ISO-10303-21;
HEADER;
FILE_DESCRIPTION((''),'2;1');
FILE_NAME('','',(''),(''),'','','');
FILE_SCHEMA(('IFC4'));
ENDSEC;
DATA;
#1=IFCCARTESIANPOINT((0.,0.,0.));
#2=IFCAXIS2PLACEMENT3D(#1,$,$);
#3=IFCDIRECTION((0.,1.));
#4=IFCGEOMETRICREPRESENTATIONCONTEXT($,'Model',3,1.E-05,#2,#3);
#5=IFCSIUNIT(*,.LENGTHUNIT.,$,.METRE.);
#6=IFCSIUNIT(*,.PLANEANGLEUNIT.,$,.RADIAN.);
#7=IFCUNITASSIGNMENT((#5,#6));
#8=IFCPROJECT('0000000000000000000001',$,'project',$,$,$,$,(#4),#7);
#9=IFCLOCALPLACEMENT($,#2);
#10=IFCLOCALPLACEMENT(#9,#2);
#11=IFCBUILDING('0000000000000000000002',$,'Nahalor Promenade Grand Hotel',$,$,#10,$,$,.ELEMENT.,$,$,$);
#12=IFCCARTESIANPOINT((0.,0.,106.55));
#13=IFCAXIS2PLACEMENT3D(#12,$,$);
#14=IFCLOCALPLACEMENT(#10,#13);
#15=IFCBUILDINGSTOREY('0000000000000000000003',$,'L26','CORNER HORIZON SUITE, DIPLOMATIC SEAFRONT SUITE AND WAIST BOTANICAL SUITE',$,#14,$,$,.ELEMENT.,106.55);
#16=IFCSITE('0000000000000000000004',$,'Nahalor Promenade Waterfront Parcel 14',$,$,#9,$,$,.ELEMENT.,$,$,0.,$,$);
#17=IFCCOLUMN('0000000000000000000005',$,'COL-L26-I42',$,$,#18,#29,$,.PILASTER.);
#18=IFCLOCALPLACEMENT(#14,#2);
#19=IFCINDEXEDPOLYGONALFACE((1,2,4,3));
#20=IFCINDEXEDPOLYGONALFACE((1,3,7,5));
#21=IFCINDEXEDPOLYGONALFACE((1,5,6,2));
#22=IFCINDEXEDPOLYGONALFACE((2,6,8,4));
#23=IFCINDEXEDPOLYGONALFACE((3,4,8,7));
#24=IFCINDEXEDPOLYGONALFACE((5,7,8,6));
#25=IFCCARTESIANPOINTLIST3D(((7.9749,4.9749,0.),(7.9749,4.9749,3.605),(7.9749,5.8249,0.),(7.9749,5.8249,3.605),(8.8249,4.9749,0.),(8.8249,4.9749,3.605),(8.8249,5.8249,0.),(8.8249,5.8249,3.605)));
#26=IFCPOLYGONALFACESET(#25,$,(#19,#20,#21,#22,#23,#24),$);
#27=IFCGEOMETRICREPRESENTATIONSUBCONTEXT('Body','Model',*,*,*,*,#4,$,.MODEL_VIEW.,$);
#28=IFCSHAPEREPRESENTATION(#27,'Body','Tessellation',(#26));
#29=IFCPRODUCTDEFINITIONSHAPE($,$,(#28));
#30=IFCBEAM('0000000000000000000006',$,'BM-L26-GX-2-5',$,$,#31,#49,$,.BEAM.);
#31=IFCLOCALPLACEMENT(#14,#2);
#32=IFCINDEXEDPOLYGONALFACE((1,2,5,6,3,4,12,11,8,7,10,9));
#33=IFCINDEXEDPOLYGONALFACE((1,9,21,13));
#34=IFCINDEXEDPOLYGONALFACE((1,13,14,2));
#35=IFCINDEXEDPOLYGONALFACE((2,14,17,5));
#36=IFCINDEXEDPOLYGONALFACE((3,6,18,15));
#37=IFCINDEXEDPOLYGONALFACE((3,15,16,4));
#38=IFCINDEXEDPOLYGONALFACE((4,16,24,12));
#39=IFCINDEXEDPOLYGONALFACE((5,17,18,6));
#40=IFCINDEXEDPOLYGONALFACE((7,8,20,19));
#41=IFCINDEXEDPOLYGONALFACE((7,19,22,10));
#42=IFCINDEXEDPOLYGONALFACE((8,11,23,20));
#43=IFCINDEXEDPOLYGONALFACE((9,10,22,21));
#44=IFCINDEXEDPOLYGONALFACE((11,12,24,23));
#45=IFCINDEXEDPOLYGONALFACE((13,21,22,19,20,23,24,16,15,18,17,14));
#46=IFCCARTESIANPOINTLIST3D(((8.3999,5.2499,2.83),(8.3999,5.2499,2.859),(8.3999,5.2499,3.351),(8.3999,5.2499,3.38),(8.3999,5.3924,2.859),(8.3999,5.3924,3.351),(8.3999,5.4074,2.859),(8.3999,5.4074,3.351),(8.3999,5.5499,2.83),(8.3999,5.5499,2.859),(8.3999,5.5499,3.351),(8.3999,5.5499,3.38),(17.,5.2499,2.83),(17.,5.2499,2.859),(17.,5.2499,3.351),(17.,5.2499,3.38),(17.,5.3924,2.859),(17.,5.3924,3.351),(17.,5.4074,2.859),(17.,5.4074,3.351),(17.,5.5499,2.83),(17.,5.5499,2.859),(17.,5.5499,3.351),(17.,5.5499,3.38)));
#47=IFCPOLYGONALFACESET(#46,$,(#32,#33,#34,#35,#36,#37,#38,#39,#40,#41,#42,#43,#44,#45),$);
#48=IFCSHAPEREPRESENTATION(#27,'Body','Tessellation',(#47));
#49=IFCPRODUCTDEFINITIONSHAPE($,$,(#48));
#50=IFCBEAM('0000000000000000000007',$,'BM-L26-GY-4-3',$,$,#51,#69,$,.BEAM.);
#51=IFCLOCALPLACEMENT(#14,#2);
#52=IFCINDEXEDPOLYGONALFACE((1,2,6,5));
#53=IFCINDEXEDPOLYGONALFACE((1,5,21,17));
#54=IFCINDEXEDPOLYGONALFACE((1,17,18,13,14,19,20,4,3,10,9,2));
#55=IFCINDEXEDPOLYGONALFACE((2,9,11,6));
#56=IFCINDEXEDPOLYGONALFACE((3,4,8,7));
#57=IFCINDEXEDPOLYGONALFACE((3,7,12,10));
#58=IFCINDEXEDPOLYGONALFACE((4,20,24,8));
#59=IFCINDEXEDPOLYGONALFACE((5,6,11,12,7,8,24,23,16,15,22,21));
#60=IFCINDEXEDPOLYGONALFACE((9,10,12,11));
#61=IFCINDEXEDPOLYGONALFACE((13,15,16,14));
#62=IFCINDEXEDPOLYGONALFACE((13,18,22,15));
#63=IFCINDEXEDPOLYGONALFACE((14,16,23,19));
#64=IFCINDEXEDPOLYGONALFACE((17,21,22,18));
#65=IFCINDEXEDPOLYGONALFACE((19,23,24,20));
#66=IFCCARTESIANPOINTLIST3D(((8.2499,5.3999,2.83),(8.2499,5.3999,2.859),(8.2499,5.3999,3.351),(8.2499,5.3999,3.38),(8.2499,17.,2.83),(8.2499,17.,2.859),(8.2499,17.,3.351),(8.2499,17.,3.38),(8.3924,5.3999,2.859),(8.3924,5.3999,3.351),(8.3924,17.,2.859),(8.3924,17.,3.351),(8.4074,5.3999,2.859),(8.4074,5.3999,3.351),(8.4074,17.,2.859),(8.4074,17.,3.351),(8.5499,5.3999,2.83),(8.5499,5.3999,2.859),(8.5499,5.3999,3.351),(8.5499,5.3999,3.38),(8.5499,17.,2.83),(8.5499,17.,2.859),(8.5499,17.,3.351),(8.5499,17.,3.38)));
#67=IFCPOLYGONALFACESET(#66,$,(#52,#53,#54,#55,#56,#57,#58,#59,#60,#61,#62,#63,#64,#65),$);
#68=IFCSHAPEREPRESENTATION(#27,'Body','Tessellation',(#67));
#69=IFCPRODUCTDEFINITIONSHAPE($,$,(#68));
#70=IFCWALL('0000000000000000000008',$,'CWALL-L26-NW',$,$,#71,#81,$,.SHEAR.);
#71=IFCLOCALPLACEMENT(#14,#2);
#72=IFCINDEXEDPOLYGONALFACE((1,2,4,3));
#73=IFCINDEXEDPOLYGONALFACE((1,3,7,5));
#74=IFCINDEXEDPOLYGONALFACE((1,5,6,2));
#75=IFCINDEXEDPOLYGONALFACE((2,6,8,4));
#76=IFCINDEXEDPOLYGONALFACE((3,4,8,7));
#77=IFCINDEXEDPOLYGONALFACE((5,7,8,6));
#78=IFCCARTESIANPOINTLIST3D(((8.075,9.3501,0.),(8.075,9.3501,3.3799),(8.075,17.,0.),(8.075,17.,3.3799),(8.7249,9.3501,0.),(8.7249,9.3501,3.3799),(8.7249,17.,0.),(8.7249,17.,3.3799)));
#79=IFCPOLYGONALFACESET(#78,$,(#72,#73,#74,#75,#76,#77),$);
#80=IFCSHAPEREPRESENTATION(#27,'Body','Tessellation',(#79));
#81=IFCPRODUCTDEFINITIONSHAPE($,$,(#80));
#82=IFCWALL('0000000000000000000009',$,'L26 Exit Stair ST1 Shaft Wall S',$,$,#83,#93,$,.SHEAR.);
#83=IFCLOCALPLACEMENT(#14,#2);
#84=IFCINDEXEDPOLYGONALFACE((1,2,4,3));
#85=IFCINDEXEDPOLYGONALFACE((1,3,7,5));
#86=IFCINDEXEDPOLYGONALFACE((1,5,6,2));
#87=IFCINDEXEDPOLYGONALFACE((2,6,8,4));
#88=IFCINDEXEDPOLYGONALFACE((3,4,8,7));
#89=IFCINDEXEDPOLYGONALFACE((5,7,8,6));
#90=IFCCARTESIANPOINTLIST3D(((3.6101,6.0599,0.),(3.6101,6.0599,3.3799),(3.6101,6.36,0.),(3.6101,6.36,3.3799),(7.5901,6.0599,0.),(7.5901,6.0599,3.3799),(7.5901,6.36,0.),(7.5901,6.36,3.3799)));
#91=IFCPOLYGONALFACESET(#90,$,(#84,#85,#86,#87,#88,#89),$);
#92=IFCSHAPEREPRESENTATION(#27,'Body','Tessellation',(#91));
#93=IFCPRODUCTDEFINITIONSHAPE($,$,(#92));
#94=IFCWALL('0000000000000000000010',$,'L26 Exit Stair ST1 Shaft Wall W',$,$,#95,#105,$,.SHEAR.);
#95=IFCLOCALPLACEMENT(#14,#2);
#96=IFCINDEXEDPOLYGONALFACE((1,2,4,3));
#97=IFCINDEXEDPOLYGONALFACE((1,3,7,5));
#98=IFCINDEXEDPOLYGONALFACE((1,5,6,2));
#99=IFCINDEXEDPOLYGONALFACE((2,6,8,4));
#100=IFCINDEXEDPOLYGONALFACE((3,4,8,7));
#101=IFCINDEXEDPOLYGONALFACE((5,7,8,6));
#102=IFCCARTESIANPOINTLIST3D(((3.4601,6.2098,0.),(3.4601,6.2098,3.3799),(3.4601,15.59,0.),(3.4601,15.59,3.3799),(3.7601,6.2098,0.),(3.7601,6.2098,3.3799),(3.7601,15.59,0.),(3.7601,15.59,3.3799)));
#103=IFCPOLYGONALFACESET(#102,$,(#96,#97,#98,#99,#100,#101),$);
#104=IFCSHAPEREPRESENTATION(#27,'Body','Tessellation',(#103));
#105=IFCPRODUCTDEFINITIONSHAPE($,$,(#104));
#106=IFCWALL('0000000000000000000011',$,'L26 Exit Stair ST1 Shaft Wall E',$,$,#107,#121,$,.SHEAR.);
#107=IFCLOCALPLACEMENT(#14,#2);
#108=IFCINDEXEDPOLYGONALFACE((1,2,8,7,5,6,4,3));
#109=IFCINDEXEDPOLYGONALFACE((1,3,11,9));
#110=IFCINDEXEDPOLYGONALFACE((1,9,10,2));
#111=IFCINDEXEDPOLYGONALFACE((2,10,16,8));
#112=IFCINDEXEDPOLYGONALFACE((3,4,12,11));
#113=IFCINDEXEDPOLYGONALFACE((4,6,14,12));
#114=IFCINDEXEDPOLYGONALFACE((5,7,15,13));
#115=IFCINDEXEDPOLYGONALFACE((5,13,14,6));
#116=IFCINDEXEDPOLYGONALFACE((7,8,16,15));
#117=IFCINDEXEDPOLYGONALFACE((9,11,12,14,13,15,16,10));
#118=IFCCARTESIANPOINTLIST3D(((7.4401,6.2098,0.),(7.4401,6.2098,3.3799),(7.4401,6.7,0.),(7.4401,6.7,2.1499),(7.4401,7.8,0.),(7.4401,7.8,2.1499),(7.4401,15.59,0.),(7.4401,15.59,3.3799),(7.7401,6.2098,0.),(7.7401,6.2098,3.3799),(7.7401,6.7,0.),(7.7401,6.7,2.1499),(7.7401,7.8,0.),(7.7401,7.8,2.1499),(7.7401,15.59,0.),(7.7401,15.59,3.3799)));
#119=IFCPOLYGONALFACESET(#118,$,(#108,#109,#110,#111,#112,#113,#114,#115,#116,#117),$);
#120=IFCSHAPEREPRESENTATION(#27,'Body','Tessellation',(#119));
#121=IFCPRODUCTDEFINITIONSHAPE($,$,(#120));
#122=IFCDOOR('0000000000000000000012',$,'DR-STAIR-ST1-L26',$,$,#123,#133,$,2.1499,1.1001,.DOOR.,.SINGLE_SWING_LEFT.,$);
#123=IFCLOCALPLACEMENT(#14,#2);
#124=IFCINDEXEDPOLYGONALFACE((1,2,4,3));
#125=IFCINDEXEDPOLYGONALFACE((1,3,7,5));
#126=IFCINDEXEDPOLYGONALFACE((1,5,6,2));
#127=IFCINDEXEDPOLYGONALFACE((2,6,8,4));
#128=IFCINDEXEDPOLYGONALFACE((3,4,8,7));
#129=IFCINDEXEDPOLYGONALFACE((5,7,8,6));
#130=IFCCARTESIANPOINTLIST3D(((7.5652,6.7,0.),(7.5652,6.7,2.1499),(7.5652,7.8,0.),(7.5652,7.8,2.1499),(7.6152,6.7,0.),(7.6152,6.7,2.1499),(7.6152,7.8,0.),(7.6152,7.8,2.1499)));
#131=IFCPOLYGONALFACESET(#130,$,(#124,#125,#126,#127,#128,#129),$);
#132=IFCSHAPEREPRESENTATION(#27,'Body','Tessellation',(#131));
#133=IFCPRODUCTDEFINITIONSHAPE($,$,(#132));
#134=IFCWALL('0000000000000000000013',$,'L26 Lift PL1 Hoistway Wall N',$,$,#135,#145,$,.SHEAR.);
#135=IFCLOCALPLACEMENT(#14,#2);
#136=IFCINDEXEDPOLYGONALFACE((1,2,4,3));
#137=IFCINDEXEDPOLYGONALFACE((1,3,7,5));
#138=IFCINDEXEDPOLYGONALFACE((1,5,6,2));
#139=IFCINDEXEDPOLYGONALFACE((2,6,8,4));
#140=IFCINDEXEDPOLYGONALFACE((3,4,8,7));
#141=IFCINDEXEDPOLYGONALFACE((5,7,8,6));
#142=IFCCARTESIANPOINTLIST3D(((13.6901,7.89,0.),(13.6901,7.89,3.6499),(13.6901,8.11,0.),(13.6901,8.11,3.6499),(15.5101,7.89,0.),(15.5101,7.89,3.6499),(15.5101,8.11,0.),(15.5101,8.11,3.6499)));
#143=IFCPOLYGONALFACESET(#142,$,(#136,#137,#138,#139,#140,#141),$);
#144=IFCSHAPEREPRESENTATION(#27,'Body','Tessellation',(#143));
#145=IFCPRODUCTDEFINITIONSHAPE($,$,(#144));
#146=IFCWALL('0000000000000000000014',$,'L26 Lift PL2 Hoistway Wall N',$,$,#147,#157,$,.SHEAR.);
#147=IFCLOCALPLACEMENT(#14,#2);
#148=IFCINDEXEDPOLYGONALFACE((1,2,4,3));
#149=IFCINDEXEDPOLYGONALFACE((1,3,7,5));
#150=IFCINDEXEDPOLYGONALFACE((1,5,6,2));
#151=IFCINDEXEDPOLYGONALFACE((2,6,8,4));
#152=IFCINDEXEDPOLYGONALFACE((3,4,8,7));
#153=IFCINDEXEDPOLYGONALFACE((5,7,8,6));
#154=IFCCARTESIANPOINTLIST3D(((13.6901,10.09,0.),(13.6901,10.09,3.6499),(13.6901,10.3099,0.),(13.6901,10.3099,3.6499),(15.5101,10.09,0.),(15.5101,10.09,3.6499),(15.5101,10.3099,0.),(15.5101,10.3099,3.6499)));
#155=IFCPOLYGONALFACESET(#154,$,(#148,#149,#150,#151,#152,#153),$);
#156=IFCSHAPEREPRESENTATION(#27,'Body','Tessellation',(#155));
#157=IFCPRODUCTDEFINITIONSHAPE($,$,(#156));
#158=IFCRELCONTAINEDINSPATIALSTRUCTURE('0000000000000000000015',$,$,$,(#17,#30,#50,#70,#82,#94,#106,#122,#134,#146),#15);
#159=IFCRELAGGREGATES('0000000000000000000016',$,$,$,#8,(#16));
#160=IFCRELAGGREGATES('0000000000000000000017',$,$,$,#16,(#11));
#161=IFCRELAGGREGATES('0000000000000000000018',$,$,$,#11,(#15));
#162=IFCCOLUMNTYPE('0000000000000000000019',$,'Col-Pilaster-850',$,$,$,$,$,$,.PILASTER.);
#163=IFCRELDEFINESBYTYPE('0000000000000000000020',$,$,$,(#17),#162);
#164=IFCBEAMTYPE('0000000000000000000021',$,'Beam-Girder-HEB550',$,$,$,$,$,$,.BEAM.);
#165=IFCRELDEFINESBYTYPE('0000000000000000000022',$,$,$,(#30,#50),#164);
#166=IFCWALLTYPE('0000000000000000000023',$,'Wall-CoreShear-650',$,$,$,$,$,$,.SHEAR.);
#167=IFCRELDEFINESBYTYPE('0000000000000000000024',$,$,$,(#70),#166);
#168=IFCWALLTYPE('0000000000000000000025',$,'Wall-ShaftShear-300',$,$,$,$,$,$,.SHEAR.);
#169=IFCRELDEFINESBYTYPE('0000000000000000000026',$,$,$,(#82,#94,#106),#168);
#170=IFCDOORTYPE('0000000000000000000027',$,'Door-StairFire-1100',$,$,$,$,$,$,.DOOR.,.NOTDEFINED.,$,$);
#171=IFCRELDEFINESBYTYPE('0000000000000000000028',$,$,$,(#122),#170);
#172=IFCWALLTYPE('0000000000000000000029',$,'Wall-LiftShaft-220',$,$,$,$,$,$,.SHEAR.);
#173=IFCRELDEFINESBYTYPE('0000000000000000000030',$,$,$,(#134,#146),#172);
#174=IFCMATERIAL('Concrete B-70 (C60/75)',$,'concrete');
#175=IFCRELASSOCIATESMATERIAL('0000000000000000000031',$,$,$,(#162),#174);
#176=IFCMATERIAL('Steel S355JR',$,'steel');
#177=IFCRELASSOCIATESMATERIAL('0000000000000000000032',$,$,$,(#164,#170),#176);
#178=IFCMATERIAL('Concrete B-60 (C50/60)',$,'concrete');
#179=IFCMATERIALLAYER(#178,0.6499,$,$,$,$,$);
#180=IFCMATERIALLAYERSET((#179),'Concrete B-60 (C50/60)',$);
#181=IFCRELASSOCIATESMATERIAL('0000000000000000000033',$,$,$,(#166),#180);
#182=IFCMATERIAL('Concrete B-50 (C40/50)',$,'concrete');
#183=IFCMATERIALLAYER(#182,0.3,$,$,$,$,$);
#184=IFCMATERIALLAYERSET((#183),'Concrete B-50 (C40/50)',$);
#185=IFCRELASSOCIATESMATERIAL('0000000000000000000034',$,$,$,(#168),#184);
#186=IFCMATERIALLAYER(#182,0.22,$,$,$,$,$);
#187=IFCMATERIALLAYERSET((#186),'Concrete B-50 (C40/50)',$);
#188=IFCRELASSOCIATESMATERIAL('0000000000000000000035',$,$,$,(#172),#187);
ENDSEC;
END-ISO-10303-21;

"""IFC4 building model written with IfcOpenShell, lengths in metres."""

from ifc_helpers import new_model, si_unit, direction, frame, frame_2d, origin, origin_2d, place, context, subcontext, project, spatial, rectangle, i_section, extrude, source, transform, mapped, material, layer, layer_set, material_profile, profile_set, type_object, element, fill, save


model = new_model("IFC4")

# Units and contexts
model_context = context("Model", 3, precision=1e-05, world=origin(), true_north=direction((0.0, 1.0)))
body_context = subcontext(model_context, "Body", "Model", "MODEL_VIEW")
ifc_project = project(units=[si_unit("LENGTHUNIT", "METRE"), si_unit("PLANEANGLEUNIT", "RADIAN")], contexts=[model_context])

# Site, building, storey
site_placement = place(None, origin())
site = spatial("IfcSite", under=ifc_project, at=site_placement, Name="Nahalor Promenade Waterfront Parcel 14", CompositionType="ELEMENT", RefElevation=0.0)
building_placement = place(site_placement, origin())
building = spatial("IfcBuilding", under=site, at=building_placement, Name="Nahalor Promenade Grand Hotel", CompositionType="ELEMENT")
storey_placement = place(building_placement, frame((0.0, 0.0, 106.55)))
storey = spatial("IfcBuildingStorey", under=building, at=storey_placement, Name="L26", Description="CORNER HORIZON SUITE, DIPLOMATIC SEAFRONT SUITE AND WAIST BOTANICAL SUITE", CompositionType="ELEMENT", Elevation=106.55)

# Column
ifc_material_1 = material(Name="Concrete B-70 (C60/75)", Category="concrete")
ifc_material_profile_1 = material_profile(ifc_material_1, rectangle(XDim=0.85, YDim=0.85, at=origin_2d()), Name="RC 850x850")
ifc_profile_set_1 = profile_set([ifc_material_profile_1], Name="Concrete B-70 (C60/75)")
column_type = type_object("IfcColumnType", Name="Col-Pilaster-850", PredefinedType="PILASTER", material=ifc_profile_set_1)
shared_shape_1 = source(origin(), body_context, "Body", "SweptSolid", [
    extrude(rectangle(XDim=0.85, YDim=0.85, at=origin_2d()), origin(), (0.0, 0.0, 1.0), 3.605),
])
column_placement = place(storey_placement, frame((8.3999, 5.3999, 0.0), z_axis=(0.0, 0.0, 1.0), x_axis=(1.0, 0.0, 0.0)))
element("IfcColumn", 1, at=column_placement, inside=storey, type_object=column_type, Name="COL-L26-I42", PredefinedType="PILASTER", context=body_context, shape_type="MappedRepresentation", body=[
    mapped(shared_shape_1, transform((0.0, 0.0, 0.0), scale=1.0)),
])

# Beams
ifc_material_2 = material(Name="Steel S355JR", Category="steel")
ifc_material_profile_2 = material_profile(ifc_material_2, i_section(OverallWidth=0.3, OverallDepth=0.55, WebThickness=0.015, FlangeThickness=0.029, at=origin_2d()), Name="HEB 550")
ifc_profile_set_2 = profile_set([ifc_material_profile_2], Name="Steel S355JR")
beam_type = type_object("IfcBeamType", Name="Beam-Girder-HEB550", PredefinedType="BEAM", material=ifc_profile_set_2)
shared_shape_2 = source(origin(), body_context, "Body", "SweptSolid", [
    extrude(i_section(OverallWidth=0.3, OverallDepth=0.55, WebThickness=0.015, FlangeThickness=0.029, at=origin_2d()), origin(), (0.0, 0.0, 1.0), 8.6001),
])
beam_1_placement = place(storey_placement, frame((8.3999, 5.3999, 3.105), z_axis=(1.0, 0.0, 0.0), x_axis=(0.0, 1.0, 0.0)))
element("IfcBeam", 2, at=beam_1_placement, inside=storey, type_object=beam_type, Name="BM-L26-GX-2-5", PredefinedType="BEAM", context=body_context, shape_type="MappedRepresentation", body=[
    mapped(shared_shape_2, transform((0.0, 0.0, 0.0), scale=1.0)),
])
shared_shape_3 = source(origin(), body_context, "Body", "SweptSolid", [
    extrude(i_section(OverallWidth=0.3, OverallDepth=0.55, WebThickness=0.015, FlangeThickness=0.029, at=origin_2d()), origin(), (0.0, 0.0, 1.0), 11.6001),
])
beam_2_placement = place(storey_placement, frame((8.3999, 5.3999, 3.105), z_axis=(0.0, 1.0, 0.0), x_axis=(-1.0, 0.0, 0.0)))
element("IfcBeam", 3, at=beam_2_placement, inside=storey, type_object=beam_type, Name="BM-L26-GY-4-3", PredefinedType="BEAM", context=body_context, shape_type="MappedRepresentation", body=[
    mapped(shared_shape_3, transform((0.0, 0.0, 0.0), scale=1.0)),
])

# Walls
ifc_material_3 = material(Name="Concrete B-60 (C50/60)", Category="concrete")
ifc_layer_1 = layer(ifc_material_3, 0.6499)
ifc_layer_set_1 = layer_set([ifc_layer_1], Name="Concrete B-60 (C50/60)")
wall_type_1 = type_object("IfcWallType", Name="Wall-CoreShear-650", PredefinedType="SHEAR", material=ifc_layer_set_1)
shared_shape_4 = source(origin(), body_context, "Body", "SweptSolid", [
    extrude(rectangle(XDim=7.6499, YDim=0.6499, at=frame_2d((3.825, 0.0))), origin(), (0.0, 0.0, 1.0), 3.3799),
])
wall_1_placement = place(storey_placement, frame((8.3999, 9.3501, 0.0), z_axis=(0.0, 0.0, 1.0), x_axis=(0.0, 1.0, 0.0)))
element("IfcWall", 4, at=wall_1_placement, inside=storey, type_object=wall_type_1, Name="CWALL-L26-NW", PredefinedType="SHEAR", context=body_context, shape_type="MappedRepresentation", body=[
    mapped(shared_shape_4, transform((0.0, 0.0, 0.0), scale=1.0)),
])
ifc_material_4 = material(Name="Concrete B-50 (C40/50)", Category="concrete")
ifc_layer_2 = layer(ifc_material_4, 0.3)
ifc_layer_set_2 = layer_set([ifc_layer_2], Name="Concrete B-50 (C40/50)")
wall_type_2 = type_object("IfcWallType", Name="Wall-ShaftShear-300", PredefinedType="SHEAR", material=ifc_layer_set_2)
shared_shape_5 = source(origin(), body_context, "Body", "SweptSolid", [
    extrude(rectangle(XDim=3.98, YDim=0.3, at=frame_2d((1.99, 0.0))), origin(), (0.0, 0.0, 1.0), 3.3799),
])
wall_2_placement = place(storey_placement, frame((3.6101, 6.21, 0.0), z_axis=(0.0, 0.0, 1.0), x_axis=(1.0, 0.0, 0.0)))
element("IfcWall", 5, at=wall_2_placement, inside=storey, type_object=wall_type_2, Name="L26 Exit Stair ST1 Shaft Wall S", PredefinedType="SHEAR", context=body_context, shape_type="MappedRepresentation", body=[
    mapped(shared_shape_5, transform((0.0, 0.0, 0.0), scale=1.0)),
])
shared_shape_6 = source(origin(), body_context, "Body", "SweptSolid", [
    extrude(rectangle(XDim=9.3801, YDim=0.3, at=frame_2d((4.6899, 0.0))), origin(), (0.0, 0.0, 1.0), 3.3799),
])
wall_3_placement = place(storey_placement, frame((3.6101, 6.21, 0.0), z_axis=(0.0, 0.0, 1.0), x_axis=(0.0, 1.0, 0.0)))
element("IfcWall", 6, at=wall_3_placement, inside=storey, type_object=wall_type_2, Name="L26 Exit Stair ST1 Shaft Wall W", PredefinedType="SHEAR", context=body_context, shape_type="MappedRepresentation", body=[
    mapped(shared_shape_6, transform((0.0, 0.0, 0.0), scale=1.0)),
])

# Wall, opening, door
wall_4_placement = place(storey_placement, frame((7.5901, 6.21, 0.0), z_axis=(0.0, 0.0, 1.0), x_axis=(0.0, 1.0, 0.0)))
wall_4 = element("IfcWall", 7, at=wall_4_placement, inside=storey, type_object=wall_type_2, Name="L26 Exit Stair ST1 Shaft Wall E", PredefinedType="SHEAR", context=body_context, shape_type="MappedRepresentation", body=[
    mapped(shared_shape_6, transform((0.0, 0.0, 0.0), scale=1.0)),
])
opening_1_placement = place(wall_4_placement, frame((0.49, 0.0, 0.0)))
opening_1 = element("IfcOpeningElement", 8, at=opening_1_placement, cuts=wall_4, PredefinedType="OPENING", context=body_context, shape_type="SweptSolid", body=[
    extrude(rectangle(XDim=1.1001, YDim=2.1499, at=frame_2d((0.55, 1.075))), frame((0.0, 0.1599, 0.0), z_axis=(0.0, -1.0, 0.0), x_axis=(1.0, 0.0, 0.0)), (0.0, 0.0, 1.0), 0.3201),
])
door_type_1 = type_object("IfcDoorType", Name="Door-StairFire-1100", OperationType="NOTDEFINED", PredefinedType="DOOR", material=ifc_material_2)
shared_shape_7 = source(origin(), body_context, "Body", "SweptSolid", [
    extrude(rectangle(XDim=1.1001, YDim=2.1499, at=frame_2d((0.55, 1.075))), frame((0.0, 0.0249, 0.0), z_axis=(0.0, -1.0, 0.0), x_axis=(1.0, 0.0, 0.0)), (0.0, 0.0, 1.0), 0.05),
])
door_1_placement = place(opening_1_placement, origin())
door_1 = element("IfcDoor", 9, at=door_1_placement, inside=storey, type_object=door_type_1, Name="DR-STAIR-ST1-L26", OperationType="SINGLE_SWING_LEFT", OverallHeight=2.1499, OverallWidth=1.1001, PredefinedType="DOOR", context=body_context, shape_type="MappedRepresentation", body=[
    mapped(shared_shape_7, transform((0.0, 0.0, 0.0), scale=1.0)),
])
fill(opening_1, door_1)

# Walls
ifc_layer_3 = layer(ifc_material_4, 0.22)
ifc_layer_set_3 = layer_set([ifc_layer_3], Name="Concrete B-50 (C40/50)")
wall_type_3 = type_object("IfcWallType", Name="Wall-LiftShaft-220", PredefinedType="SHEAR", material=ifc_layer_set_3)
shared_shape_8 = source(origin(), body_context, "Body", "SweptSolid", [
    extrude(rectangle(XDim=1.8201, YDim=0.22, at=frame_2d((0.9102, 0.0))), origin(), (0.0, 0.0, 1.0), 3.6499),
])
for number, where, z_axis, x_axis, name in (
    (10, (13.6899, 8.0, 0.0), (0.0, 0.0, 1.0), (1.0, 0.0, 0.0), "L26 Lift PL1 Hoistway Wall N"),
    (11, (13.6899, 10.2, 0.0), (0.0, 0.0, 1.0), (1.0, 0.0, 0.0), "L26 Lift PL2 Hoistway Wall N"),
):
    element("IfcWall", number, at=place(storey_placement, frame(where, z_axis=z_axis, x_axis=x_axis)), inside=storey, type_object=wall_type_3, Name=name, PredefinedType="SHEAR", context=body_context, shape_type="MappedRepresentation", body=[
        mapped(shared_shape_8, transform((0.0, 0.0, 0.0), scale=1.0)),
    ])

save(model, "model.ifc")
